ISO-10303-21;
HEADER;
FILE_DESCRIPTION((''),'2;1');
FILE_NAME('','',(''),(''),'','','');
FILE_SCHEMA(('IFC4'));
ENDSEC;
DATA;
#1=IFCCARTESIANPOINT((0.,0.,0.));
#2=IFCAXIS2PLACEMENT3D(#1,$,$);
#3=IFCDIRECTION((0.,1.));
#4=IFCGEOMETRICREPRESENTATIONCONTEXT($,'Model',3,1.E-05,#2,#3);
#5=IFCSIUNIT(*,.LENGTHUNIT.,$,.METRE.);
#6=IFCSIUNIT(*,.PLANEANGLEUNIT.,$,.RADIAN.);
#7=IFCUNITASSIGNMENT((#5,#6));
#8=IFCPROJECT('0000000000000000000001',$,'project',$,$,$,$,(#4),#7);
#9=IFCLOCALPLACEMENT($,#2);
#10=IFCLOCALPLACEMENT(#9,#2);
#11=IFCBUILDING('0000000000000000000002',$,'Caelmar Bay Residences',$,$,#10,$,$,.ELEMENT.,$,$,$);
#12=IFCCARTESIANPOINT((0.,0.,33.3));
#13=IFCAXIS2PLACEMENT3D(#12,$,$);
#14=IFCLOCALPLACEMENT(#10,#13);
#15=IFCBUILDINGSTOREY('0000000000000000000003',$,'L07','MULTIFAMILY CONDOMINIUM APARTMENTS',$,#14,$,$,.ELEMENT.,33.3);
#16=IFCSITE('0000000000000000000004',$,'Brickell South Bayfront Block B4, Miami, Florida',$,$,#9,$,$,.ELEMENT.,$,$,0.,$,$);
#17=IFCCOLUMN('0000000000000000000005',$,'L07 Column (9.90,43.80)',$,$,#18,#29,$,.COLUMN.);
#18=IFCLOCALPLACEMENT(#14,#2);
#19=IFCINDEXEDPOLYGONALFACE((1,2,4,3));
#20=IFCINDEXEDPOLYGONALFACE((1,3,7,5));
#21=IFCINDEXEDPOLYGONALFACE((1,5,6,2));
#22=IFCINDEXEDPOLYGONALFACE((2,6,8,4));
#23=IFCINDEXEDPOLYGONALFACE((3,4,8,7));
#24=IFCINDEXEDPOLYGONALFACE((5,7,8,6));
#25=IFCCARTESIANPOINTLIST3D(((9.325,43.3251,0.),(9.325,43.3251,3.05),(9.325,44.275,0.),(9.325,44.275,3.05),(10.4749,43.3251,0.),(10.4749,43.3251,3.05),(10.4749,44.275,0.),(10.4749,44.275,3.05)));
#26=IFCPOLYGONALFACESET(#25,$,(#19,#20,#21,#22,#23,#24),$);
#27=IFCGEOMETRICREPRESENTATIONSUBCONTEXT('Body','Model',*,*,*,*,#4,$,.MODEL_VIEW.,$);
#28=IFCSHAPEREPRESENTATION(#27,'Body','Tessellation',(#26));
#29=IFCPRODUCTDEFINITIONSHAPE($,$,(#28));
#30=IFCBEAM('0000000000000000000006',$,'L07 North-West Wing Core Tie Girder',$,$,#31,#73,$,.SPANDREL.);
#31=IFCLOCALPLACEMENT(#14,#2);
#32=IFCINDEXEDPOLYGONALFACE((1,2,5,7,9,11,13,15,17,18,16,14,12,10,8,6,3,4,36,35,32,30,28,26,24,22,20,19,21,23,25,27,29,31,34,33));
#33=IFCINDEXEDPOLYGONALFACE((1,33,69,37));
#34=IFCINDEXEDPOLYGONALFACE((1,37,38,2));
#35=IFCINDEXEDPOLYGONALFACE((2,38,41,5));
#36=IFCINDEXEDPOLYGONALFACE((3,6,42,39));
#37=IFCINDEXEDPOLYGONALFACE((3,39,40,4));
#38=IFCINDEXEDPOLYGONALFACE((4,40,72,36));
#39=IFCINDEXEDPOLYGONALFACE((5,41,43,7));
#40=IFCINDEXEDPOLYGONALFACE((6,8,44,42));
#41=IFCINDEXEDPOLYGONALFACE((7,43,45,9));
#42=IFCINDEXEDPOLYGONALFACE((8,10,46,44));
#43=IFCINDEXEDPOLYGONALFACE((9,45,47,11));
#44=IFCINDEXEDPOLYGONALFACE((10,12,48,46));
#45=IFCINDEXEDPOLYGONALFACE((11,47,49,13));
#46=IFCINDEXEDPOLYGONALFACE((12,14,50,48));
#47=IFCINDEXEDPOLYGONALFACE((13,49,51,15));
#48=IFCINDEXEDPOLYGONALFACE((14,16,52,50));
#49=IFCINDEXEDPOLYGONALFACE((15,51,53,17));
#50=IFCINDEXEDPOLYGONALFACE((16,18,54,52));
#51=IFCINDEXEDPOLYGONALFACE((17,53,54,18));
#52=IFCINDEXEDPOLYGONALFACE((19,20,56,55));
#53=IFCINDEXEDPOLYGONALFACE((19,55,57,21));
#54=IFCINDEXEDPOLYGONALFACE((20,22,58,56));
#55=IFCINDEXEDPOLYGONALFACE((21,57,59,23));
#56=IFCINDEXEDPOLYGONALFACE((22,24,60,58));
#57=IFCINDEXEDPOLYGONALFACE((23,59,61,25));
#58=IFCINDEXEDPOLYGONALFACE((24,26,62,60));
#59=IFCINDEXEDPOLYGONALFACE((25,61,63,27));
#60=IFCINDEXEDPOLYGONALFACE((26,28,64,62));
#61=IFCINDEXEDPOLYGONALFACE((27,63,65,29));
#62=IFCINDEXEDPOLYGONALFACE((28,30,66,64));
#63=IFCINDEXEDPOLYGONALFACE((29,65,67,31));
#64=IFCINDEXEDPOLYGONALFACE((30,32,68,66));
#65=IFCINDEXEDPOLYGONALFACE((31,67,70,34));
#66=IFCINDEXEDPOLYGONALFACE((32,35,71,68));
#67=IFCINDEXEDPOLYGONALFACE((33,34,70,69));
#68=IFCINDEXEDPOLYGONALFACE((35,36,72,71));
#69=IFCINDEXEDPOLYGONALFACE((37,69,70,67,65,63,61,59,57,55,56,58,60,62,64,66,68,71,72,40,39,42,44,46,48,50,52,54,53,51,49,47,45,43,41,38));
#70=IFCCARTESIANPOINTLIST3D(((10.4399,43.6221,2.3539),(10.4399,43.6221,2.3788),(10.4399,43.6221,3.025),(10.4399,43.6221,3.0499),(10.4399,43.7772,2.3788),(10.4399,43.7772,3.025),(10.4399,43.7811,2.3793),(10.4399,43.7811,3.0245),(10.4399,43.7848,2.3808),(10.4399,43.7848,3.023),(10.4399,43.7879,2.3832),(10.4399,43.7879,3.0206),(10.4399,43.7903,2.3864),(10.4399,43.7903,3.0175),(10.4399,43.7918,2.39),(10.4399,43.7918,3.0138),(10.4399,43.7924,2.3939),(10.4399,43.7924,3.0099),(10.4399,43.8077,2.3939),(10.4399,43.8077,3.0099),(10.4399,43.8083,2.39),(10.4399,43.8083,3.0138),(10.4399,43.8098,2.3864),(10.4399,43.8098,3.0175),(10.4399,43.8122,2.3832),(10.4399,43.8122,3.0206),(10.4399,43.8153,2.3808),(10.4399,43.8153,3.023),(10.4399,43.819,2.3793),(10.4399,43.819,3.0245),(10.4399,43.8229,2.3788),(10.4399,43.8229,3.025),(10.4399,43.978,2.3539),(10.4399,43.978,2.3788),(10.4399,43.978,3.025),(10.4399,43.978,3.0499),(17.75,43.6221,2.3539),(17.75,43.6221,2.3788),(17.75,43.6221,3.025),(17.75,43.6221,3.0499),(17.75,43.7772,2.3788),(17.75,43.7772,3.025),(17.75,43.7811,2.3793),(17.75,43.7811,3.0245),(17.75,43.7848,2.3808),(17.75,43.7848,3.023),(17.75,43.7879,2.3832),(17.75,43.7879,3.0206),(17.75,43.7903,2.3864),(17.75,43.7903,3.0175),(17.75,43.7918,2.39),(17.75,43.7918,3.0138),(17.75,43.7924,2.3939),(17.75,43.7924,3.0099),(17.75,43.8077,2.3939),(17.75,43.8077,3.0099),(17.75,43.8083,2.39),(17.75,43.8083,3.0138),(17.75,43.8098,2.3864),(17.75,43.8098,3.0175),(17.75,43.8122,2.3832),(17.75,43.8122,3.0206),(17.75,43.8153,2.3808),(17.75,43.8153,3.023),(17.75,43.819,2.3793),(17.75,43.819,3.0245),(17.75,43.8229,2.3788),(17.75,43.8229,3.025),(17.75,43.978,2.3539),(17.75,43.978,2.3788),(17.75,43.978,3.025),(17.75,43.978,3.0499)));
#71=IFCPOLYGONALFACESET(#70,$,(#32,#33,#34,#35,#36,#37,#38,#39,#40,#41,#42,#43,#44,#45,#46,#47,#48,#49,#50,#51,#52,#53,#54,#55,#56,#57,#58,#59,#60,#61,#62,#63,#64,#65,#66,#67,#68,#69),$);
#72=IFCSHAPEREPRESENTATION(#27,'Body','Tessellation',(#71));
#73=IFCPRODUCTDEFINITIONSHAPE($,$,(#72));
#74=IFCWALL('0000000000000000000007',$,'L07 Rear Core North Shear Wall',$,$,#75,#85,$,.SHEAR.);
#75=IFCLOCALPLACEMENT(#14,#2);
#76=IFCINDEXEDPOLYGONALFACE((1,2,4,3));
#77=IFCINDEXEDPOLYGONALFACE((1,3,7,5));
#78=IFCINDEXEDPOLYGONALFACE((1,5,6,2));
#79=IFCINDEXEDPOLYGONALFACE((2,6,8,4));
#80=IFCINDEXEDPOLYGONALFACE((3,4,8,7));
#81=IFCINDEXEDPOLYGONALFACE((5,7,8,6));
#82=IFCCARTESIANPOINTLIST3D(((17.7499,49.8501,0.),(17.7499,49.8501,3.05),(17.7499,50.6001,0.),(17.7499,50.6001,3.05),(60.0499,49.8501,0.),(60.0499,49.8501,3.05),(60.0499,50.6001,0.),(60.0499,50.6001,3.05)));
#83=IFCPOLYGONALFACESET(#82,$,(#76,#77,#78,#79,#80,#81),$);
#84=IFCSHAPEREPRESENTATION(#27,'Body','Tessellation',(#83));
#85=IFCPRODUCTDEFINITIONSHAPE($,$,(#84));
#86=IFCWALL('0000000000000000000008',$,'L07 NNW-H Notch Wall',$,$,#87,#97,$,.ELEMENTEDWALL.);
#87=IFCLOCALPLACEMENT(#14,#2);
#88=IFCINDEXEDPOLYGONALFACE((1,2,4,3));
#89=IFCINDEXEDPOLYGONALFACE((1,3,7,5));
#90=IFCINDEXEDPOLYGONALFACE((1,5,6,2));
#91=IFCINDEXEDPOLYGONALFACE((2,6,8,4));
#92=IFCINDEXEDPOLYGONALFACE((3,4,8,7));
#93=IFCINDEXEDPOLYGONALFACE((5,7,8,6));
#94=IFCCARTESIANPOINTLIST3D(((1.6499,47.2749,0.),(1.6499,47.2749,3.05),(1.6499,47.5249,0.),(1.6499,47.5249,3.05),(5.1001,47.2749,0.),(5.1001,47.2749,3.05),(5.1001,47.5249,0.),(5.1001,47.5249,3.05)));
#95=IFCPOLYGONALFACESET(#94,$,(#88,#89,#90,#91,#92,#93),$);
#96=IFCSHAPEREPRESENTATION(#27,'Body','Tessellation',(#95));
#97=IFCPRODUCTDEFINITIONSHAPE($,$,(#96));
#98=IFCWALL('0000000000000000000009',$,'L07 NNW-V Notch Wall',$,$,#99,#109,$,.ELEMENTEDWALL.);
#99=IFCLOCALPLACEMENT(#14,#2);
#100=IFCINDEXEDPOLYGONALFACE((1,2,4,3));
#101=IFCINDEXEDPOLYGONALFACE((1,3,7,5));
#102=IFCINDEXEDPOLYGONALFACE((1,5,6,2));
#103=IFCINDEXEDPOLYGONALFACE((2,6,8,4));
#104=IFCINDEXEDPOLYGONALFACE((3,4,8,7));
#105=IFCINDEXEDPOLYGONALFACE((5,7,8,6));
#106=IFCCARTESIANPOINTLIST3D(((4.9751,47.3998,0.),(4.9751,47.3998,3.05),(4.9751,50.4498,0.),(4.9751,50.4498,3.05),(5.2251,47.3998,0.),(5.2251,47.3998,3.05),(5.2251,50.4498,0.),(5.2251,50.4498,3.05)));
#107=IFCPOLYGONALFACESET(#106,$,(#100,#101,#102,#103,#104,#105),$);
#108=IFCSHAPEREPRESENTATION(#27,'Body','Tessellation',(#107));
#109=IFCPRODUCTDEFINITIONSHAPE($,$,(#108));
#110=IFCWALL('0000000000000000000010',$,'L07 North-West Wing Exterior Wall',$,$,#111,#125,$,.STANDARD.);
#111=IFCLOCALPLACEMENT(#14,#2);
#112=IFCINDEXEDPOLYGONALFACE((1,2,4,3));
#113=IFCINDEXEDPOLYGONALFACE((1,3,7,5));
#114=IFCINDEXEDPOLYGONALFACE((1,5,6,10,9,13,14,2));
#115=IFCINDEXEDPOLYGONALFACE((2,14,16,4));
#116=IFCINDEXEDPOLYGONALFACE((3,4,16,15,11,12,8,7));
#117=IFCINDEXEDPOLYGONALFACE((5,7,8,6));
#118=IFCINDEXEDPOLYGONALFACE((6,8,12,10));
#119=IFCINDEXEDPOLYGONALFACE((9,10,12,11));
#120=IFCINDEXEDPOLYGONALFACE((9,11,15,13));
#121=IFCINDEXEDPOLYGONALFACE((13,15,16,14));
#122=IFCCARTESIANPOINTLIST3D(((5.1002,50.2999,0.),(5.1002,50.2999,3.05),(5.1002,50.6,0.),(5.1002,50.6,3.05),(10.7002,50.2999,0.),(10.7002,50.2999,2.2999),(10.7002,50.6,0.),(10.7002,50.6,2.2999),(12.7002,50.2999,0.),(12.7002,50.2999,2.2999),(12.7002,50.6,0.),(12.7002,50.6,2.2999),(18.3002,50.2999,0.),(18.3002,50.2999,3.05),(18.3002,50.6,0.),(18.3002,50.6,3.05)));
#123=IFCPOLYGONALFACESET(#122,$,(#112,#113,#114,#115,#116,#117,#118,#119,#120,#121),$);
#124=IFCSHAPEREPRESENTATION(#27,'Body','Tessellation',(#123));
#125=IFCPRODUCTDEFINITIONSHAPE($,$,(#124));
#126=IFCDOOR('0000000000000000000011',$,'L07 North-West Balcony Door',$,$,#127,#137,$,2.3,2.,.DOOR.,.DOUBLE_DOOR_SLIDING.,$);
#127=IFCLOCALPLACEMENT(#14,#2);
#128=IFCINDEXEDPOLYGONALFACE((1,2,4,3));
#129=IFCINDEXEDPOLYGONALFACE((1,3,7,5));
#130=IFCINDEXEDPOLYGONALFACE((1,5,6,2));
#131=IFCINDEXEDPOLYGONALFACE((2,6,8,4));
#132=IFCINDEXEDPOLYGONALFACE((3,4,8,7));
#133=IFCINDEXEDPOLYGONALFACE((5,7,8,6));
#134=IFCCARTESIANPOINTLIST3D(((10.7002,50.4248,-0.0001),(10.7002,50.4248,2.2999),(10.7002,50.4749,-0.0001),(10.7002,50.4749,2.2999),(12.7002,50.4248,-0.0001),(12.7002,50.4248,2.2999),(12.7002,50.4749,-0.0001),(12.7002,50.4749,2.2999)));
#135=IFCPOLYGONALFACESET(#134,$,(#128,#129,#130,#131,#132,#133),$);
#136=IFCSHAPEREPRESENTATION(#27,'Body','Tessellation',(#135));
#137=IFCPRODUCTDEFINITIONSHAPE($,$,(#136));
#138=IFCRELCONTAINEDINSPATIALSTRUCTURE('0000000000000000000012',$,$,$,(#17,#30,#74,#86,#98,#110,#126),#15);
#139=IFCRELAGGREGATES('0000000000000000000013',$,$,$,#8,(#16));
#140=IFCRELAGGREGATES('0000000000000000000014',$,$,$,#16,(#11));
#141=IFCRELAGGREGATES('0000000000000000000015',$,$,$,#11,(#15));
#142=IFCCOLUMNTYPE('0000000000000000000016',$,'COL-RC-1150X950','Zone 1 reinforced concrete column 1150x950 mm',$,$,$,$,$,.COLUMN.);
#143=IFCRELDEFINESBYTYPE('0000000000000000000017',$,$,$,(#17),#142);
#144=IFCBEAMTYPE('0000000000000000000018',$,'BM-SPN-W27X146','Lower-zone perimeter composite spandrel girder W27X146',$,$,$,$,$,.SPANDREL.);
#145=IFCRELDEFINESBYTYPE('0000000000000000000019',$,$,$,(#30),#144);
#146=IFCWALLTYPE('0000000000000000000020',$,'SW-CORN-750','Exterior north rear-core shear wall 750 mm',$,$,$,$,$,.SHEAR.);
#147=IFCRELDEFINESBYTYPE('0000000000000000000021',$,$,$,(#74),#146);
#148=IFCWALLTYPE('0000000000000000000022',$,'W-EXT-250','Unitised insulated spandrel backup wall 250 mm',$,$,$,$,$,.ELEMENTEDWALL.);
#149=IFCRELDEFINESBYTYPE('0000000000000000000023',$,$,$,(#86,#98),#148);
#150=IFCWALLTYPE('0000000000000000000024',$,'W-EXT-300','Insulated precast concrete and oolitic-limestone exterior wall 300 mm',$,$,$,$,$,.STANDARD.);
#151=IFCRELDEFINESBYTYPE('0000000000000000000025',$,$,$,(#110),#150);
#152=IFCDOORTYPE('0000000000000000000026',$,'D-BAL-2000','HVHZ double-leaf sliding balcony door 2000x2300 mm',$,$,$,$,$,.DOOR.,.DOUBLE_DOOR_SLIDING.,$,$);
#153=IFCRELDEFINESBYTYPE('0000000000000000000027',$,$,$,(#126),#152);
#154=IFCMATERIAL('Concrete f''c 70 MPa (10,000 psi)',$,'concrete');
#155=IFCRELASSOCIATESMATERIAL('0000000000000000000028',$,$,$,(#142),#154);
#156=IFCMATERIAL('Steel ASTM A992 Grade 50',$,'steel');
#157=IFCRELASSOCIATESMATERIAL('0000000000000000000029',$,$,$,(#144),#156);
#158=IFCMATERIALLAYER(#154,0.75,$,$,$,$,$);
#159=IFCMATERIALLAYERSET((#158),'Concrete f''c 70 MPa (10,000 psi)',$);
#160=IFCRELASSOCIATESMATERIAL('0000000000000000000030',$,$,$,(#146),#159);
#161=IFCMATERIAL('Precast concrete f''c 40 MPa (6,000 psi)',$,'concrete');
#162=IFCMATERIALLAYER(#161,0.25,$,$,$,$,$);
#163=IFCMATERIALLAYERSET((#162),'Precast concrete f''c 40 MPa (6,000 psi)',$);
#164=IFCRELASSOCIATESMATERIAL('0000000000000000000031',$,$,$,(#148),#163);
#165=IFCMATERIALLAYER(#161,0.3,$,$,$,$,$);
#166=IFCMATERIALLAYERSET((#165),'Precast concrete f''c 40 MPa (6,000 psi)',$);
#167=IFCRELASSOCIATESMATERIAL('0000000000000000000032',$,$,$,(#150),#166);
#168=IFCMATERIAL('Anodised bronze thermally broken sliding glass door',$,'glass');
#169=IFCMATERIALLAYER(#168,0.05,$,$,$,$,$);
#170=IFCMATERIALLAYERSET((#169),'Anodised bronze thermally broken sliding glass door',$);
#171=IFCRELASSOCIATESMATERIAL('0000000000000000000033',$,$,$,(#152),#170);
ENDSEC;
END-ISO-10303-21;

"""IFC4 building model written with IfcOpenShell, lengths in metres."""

from ifc_helpers import new_model, si_unit, direction, frame, frame_2d, origin, origin_2d, place, context, subcontext, project, spatial, rectangle, i_section, extrude, material, layer, layer_set, material_profile, profile_set, type_object, element, fill, save


model = new_model("IFC4")

# Units and contexts
model_context = context("Model", 3, precision=1e-05, world=origin(), true_north=direction((0.0, 1.0)))
body_context = subcontext(model_context, "Body", "Model", "MODEL_VIEW")
ifc_project = project(units=[si_unit("LENGTHUNIT", "METRE"), si_unit("PLANEANGLEUNIT", "RADIAN")], contexts=[model_context])

# Site, building, storey
site_placement = place(None, origin())
site = spatial("IfcSite", under=ifc_project, at=site_placement, Name="Brickell South Bayfront Block B4, Miami, Florida", CompositionType="ELEMENT", RefElevation=0.0)
building_placement = place(site_placement, origin())
building = spatial("IfcBuilding", under=site, at=building_placement, Name="Caelmar Bay Residences", CompositionType="ELEMENT")
storey_placement = place(building_placement, frame((0.0, 0.0, 33.3)))
storey = spatial("IfcBuildingStorey", under=building, at=storey_placement, Name="L07", Description="MULTIFAMILY CONDOMINIUM APARTMENTS", CompositionType="ELEMENT", Elevation=33.3)

# Column
ifc_material_1 = material(Name="Concrete f'c 70 MPa (10,000 psi)", Category="concrete")
ifc_material_profile_1 = material_profile(ifc_material_1, rectangle(XDim=1.1499, YDim=0.95, at=origin_2d()), Name="RC-COL-1150X950")
ifc_profile_set_1 = profile_set([ifc_material_profile_1], Name="Concrete f'c 70 MPa (10,000 psi)")
column_type = type_object("IfcColumnType", Name="COL-RC-1150X950", Description="Zone 1 reinforced concrete column 1150x950 mm", PredefinedType="COLUMN", material=ifc_profile_set_1)
column_placement = place(storey_placement, frame((9.8999, 43.8, 0.0), z_axis=(0.0, 0.0, 1.0), x_axis=(1.0, 0.0, 0.0)))
element("IfcColumn", 1, at=column_placement, inside=storey, type_object=column_type, Name="L07 Column (9.90,43.80)", PredefinedType="COLUMN", context=body_context, shape_type="SweptSolid", body=[
    extrude(rectangle(XDim=1.1499, YDim=0.95, at=origin_2d()), origin(), (0.0, 0.0, 1.0), 3.05),
])

# Beam
ifc_material_2 = material(Name="Steel ASTM A992 Grade 50", Category="steel")
ifc_material_profile_2 = material_profile(ifc_material_2, i_section(OverallWidth=0.356, OverallDepth=0.696, WebThickness=0.0154, FlangeThickness=0.0249, FilletRadius=0.0151, at=origin_2d()), Name="W27X146")
ifc_profile_set_2 = profile_set([ifc_material_profile_2], Name="Steel ASTM A992 Grade 50")
beam_type = type_object("IfcBeamType", Name="BM-SPN-W27X146", Description="Lower-zone perimeter composite spandrel girder W27X146", PredefinedType="SPANDREL", material=ifc_profile_set_2)
beam_placement = place(storey_placement, frame((10.4399, 43.8, 2.7019), z_axis=(1.0, 0.0, 0.0), x_axis=(0.0, 1.0, 0.0)))
element("IfcBeam", 2, at=beam_placement, inside=storey, type_object=beam_type, Name="L07 North-West Wing Core Tie Girder", PredefinedType="SPANDREL", context=body_context, shape_type="SweptSolid", body=[
    extrude(i_section(OverallWidth=0.356, OverallDepth=0.696, WebThickness=0.0154, FlangeThickness=0.0249, FilletRadius=0.0151, at=origin_2d()), origin(), (0.0, 0.0, 1.0), 7.3101),
])

# Walls
ifc_layer_1 = layer(ifc_material_1, 0.75)
ifc_layer_set_1 = layer_set([ifc_layer_1], Name="Concrete f'c 70 MPa (10,000 psi)")
wall_type_1 = type_object("IfcWallType", Name="SW-CORN-750", Description="Exterior north rear-core shear wall 750 mm", PredefinedType="SHEAR", material=ifc_layer_set_1)
wall_1_placement = place(storey_placement, frame((17.75, 50.2251, 0.0), z_axis=(0.0, 0.0, 1.0), x_axis=(1.0, 0.0, 0.0)))
element("IfcWall", 3, at=wall_1_placement, inside=storey, type_object=wall_type_1, Name="L07 Rear Core North Shear Wall", PredefinedType="SHEAR", context=body_context, shape_type="SweptSolid", body=[
    extrude(rectangle(XDim=42.3, YDim=0.75, at=frame_2d((21.1499, 0.0))), origin(), (0.0, 0.0, 1.0), 3.05),
])
ifc_material_3 = material(Name="Precast concrete f'c 40 MPa (6,000 psi)", Category="concrete")
ifc_layer_2 = layer(ifc_material_3, 0.25)
ifc_layer_set_2 = layer_set([ifc_layer_2], Name="Precast concrete f'c 40 MPa (6,000 psi)")
wall_type_2 = type_object("IfcWallType", Name="W-EXT-250", Description="Unitised insulated spandrel backup wall 250 mm", PredefinedType="ELEMENTEDWALL", material=ifc_layer_set_2)
wall_2_placement = place(storey_placement, frame((1.6499, 47.3999, 0.0), z_axis=(0.0, 0.0, 1.0), x_axis=(1.0, 0.0, 0.0)))
element("IfcWall", 4, at=wall_2_placement, inside=storey, type_object=wall_type_2, Name="L07 NNW-H Notch Wall", PredefinedType="ELEMENTEDWALL", context=body_context, shape_type="SweptSolid", body=[
    extrude(rectangle(XDim=3.4502, YDim=0.25, at=frame_2d((1.7251, 0.0))), origin(), (0.0, 0.0, 1.0), 3.05),
])
wall_3_placement = place(storey_placement, frame((5.1001, 47.3999, 0.0), z_axis=(0.0, 0.0, 1.0), x_axis=(0.0, 1.0, 0.0)))
element("IfcWall", 5, at=wall_3_placement, inside=storey, type_object=wall_type_2, Name="L07 NNW-V Notch Wall", PredefinedType="ELEMENTEDWALL", context=body_context, shape_type="SweptSolid", body=[
    extrude(rectangle(XDim=3.05, YDim=0.25, at=frame_2d((1.5249, 0.0))), origin(), (0.0, 0.0, 1.0), 3.05),
])

# Wall, opening, door
ifc_layer_3 = layer(ifc_material_3, 0.3)
ifc_layer_set_3 = layer_set([ifc_layer_3], Name="Precast concrete f'c 40 MPa (6,000 psi)")
wall_type_3 = type_object("IfcWallType", Name="W-EXT-300", Description="Insulated precast concrete and oolitic-limestone exterior wall 300 mm", PredefinedType="STANDARD", material=ifc_layer_set_3)
wall_4_placement = place(storey_placement, frame((5.1001, 50.45, 0.0), z_axis=(0.0, 0.0, 1.0), x_axis=(1.0, 0.0, 0.0)))
wall_4 = element("IfcWall", 6, at=wall_4_placement, inside=storey, type_object=wall_type_3, Name="L07 North-West Wing Exterior Wall", PredefinedType="STANDARD", context=body_context, shape_type="SweptSolid", body=[
    extrude(rectangle(XDim=13.2, YDim=0.3, at=frame_2d((6.6001, 0.0))), origin(), (0.0, 0.0, 1.0), 3.05),
])
opening_1_placement = place(wall_4_placement, frame((5.6001, 0.0, 0.0)))
opening_1 = element("IfcOpeningElement", 7, at=opening_1_placement, cuts=wall_4, PredefinedType="OPENING", context=body_context, shape_type="SweptSolid", body=[
    extrude(rectangle(XDim=2.0, YDim=2.3, at=frame_2d((1.0, 1.1499))), frame((0.0, 0.1599, 0.0), z_axis=(0.0, -1.0, 0.0), x_axis=(1.0, 0.0, 0.0)), (0.0, 0.0, 1.0), 0.3201),
])
ifc_material_4 = material(Name="Anodised bronze thermally broken sliding glass door", Category="glass")
ifc_layer_4 = layer(ifc_material_4, 0.05)
ifc_layer_set_4 = layer_set([ifc_layer_4], Name="Anodised bronze thermally broken sliding glass door")
door_type_1 = type_object("IfcDoorType", Name="D-BAL-2000", Description="HVHZ double-leaf sliding balcony door 2000x2300 mm", OperationType="DOUBLE_DOOR_SLIDING", PredefinedType="DOOR", material=ifc_layer_set_4)
door_1_placement = place(opening_1_placement, origin())
door_1 = element("IfcDoor", 8, at=door_1_placement, inside=storey, type_object=door_type_1, Name="L07 North-West Balcony Door", OperationType="DOUBLE_DOOR_SLIDING", OverallHeight=2.3, OverallWidth=2.0, PredefinedType="DOOR", context=body_context, shape_type="SweptSolid", body=[
    extrude(rectangle(XDim=2.0, YDim=2.3, at=frame_2d((1.0, 1.1499))), frame((0.0, 0.0249, 0.0), z_axis=(0.0, -1.0, 0.0), x_axis=(1.0, 0.0, 0.0)), (0.0, 0.0, 1.0), 0.05),
])
fill(opening_1, door_1)

save(model, "model.ifc")
